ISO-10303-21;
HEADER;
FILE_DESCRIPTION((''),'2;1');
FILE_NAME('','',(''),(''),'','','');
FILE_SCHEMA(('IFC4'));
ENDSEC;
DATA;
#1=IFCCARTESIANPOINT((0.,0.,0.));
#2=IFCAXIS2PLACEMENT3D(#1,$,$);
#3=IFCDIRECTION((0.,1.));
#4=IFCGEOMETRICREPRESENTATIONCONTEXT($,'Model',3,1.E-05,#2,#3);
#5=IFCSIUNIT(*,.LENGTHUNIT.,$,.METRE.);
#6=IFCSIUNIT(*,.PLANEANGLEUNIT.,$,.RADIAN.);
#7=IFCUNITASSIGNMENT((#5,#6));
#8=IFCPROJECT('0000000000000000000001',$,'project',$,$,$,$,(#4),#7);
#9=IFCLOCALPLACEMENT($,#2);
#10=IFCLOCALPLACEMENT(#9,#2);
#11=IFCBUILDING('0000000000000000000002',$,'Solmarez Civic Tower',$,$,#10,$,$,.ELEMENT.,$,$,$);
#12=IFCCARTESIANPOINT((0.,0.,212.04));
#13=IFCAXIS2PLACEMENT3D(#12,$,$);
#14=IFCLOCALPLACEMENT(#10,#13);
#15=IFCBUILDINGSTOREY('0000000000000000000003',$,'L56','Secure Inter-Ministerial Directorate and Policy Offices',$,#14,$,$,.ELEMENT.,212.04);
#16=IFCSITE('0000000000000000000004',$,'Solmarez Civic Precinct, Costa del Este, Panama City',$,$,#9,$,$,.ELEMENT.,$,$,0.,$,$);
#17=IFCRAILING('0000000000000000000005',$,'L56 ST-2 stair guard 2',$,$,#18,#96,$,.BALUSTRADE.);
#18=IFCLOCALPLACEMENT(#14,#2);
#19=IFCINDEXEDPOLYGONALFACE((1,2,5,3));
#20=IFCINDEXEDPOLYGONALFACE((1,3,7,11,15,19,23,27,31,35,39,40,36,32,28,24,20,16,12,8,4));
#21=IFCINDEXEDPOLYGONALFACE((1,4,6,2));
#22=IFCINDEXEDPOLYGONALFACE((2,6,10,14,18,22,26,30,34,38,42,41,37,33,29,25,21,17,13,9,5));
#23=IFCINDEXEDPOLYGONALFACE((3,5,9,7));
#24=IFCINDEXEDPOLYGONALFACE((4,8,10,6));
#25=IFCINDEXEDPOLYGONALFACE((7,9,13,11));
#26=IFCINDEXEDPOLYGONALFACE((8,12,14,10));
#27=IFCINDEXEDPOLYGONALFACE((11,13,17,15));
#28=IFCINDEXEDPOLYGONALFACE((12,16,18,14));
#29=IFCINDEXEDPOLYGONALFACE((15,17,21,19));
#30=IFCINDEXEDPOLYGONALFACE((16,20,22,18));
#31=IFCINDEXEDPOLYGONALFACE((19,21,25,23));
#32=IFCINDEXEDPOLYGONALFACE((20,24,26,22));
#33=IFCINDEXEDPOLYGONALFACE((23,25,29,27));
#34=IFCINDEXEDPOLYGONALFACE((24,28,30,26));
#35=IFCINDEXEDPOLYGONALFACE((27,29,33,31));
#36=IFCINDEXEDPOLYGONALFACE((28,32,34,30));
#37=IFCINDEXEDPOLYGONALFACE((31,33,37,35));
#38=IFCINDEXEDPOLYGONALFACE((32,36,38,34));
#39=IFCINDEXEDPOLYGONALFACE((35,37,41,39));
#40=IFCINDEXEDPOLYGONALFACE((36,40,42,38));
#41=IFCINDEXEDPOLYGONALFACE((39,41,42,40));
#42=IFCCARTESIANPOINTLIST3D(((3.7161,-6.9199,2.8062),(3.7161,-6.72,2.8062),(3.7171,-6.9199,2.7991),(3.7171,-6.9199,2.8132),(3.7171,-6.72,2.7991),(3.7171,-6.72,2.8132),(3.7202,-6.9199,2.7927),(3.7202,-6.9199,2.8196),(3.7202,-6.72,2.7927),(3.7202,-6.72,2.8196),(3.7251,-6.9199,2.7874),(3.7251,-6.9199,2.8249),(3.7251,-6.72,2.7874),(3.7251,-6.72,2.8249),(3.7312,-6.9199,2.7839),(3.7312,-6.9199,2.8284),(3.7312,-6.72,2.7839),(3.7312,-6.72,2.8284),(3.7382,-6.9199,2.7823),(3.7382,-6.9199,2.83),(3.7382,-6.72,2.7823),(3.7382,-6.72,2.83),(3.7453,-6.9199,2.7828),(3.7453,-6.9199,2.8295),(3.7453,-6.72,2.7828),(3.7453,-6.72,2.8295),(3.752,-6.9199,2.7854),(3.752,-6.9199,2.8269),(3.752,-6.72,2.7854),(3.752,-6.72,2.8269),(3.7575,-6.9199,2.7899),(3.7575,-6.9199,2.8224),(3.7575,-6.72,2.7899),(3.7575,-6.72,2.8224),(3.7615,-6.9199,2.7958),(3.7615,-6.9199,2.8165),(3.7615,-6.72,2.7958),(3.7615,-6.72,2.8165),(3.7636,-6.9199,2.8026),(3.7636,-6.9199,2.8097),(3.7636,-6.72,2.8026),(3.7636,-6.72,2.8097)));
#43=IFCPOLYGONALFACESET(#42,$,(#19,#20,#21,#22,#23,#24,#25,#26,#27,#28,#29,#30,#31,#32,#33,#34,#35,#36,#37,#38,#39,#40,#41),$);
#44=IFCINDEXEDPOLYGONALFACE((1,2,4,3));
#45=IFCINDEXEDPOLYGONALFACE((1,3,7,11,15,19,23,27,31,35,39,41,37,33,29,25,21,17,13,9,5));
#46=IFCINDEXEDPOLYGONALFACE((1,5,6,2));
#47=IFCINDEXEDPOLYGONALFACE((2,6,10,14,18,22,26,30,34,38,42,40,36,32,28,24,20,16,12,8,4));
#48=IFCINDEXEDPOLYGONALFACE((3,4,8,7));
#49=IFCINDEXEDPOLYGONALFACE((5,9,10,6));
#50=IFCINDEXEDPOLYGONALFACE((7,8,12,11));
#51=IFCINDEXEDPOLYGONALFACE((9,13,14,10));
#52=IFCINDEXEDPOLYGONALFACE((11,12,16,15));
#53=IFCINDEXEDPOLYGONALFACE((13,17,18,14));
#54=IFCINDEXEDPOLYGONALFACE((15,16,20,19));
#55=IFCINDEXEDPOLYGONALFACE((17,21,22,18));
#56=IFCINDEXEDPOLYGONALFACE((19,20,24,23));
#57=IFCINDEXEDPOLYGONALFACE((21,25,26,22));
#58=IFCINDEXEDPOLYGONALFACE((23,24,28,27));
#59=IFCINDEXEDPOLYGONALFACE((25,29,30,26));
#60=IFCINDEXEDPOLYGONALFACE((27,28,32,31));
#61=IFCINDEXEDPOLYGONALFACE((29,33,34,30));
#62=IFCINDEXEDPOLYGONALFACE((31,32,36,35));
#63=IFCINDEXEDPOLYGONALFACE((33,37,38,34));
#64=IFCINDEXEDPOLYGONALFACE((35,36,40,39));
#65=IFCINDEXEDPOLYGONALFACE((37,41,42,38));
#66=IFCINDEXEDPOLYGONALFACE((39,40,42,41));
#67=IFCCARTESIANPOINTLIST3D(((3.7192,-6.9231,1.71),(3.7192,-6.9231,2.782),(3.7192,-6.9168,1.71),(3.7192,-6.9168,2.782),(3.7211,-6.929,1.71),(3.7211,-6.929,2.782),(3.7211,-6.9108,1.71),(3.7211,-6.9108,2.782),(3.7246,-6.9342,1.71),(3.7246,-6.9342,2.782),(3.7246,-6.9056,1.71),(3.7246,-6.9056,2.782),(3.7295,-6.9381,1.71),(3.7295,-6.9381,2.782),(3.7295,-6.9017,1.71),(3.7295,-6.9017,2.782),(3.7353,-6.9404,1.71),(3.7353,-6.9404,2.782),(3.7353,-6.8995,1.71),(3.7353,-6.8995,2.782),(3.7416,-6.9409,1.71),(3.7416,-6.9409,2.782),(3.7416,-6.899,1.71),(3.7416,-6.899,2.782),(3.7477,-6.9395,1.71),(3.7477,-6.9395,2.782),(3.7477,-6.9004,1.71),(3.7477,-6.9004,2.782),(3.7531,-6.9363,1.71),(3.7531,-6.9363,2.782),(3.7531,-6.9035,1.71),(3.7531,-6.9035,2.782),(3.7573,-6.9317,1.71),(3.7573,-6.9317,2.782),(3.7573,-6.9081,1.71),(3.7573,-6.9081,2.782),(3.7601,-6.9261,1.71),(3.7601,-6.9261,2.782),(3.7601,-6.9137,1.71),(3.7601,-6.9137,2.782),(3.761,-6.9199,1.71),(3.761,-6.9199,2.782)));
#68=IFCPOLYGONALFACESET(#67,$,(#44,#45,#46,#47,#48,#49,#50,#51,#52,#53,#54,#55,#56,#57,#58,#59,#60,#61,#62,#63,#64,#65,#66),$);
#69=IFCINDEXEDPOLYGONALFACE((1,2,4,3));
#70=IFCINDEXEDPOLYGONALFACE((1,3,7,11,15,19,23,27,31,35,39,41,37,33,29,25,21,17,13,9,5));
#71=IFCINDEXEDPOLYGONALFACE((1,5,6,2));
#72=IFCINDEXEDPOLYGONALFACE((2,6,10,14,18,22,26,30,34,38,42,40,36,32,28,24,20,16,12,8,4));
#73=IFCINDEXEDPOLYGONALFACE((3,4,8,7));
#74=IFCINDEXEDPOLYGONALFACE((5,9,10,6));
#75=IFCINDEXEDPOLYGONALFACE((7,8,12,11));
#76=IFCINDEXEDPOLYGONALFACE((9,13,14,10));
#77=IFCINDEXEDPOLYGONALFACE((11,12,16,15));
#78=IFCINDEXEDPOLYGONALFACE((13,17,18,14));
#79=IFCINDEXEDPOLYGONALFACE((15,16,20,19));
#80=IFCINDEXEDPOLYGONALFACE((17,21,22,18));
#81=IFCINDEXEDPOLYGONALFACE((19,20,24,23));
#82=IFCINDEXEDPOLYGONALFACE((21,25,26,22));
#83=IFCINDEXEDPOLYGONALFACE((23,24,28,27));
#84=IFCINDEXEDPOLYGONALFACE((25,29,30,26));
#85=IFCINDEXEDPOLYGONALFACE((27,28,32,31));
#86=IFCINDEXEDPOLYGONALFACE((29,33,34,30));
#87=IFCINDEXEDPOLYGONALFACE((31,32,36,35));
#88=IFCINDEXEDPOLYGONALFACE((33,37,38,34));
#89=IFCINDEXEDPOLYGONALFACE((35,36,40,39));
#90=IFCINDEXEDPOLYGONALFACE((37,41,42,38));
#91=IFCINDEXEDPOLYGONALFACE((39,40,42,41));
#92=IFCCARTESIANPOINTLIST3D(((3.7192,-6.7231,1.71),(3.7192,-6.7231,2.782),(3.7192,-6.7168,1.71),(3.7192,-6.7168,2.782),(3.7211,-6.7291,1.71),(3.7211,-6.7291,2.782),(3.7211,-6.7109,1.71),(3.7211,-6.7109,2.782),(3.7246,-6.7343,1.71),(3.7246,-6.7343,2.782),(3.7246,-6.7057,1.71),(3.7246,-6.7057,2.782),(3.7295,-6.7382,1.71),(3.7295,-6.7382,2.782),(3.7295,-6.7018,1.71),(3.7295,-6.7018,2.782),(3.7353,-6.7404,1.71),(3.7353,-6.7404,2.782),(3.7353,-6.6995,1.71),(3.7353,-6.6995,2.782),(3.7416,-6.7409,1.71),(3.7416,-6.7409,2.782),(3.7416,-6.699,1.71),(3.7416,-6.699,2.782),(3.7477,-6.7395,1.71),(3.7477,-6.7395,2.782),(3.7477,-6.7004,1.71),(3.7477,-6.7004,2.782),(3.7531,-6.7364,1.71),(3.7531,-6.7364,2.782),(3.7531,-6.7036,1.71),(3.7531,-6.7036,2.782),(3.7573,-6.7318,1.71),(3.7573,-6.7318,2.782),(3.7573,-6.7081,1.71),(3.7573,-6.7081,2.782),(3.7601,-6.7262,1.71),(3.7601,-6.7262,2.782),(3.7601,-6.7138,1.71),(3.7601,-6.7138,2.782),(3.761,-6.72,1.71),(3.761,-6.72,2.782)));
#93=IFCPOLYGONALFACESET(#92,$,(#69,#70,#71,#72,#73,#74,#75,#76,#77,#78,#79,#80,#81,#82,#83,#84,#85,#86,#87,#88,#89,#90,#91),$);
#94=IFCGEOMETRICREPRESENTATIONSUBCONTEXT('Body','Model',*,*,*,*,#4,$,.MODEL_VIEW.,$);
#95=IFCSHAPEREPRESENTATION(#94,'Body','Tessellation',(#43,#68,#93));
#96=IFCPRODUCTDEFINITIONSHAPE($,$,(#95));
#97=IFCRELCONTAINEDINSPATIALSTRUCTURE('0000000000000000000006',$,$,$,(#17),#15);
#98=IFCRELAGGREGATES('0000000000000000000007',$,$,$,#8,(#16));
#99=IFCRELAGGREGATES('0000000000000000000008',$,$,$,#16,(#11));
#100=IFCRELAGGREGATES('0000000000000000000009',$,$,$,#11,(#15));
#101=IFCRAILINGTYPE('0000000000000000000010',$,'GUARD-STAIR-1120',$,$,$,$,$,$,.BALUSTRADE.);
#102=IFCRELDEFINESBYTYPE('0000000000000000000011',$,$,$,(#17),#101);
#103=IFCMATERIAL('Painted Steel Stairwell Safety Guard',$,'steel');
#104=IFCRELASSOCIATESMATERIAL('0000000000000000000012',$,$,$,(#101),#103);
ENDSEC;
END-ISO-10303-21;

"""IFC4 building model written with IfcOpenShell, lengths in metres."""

from ifc_helpers import new_model, si_unit, direction, frame, origin, origin_2d, place, context, subcontext, project, spatial, circle, extrude, material, type_object, element, save


model = new_model("IFC4")

# Units and contexts
model_context = context("Model", 3, precision=1e-05, world=origin(), true_north=direction((0.0, 1.0)))
body_context = subcontext(model_context, "Body", "Model", "MODEL_VIEW")
ifc_project = project(units=[si_unit("LENGTHUNIT", "METRE"), si_unit("PLANEANGLEUNIT", "RADIAN")], contexts=[model_context])

# Site, building, storey
site_placement = place(None, origin())
site = spatial("IfcSite", under=ifc_project, at=site_placement, Name="Solmarez Civic Precinct, Costa del Este, Panama City", CompositionType="ELEMENT", RefElevation=0.0)
building_placement = place(site_placement, origin())
building = spatial("IfcBuilding", under=site, at=building_placement, Name="Solmarez Civic Tower", CompositionType="ELEMENT")
storey_placement = place(building_placement, frame((0.0, 0.0, 212.04)))
storey = spatial("IfcBuildingStorey", under=building, at=storey_placement, Name="L56", Description="Secure Inter-Ministerial Directorate and Policy Offices", CompositionType="ELEMENT", Elevation=212.04)

# Railing
ifc_material_1 = material(Name="Painted Steel Stairwell Safety Guard", Category="steel")
railing_type_1 = type_object("IfcRailingType", Name="GUARD-STAIR-1120", PredefinedType="BALUSTRADE", material=ifc_material_1)
railing_1_placement = place(storey_placement, frame((3.74, -6.9199, 1.71)))
element("IfcRailing", 1, at=railing_1_placement, inside=storey, type_object=railing_type_1, Name="L56 ST-2 stair guard 2", PredefinedType="BALUSTRADE", context=body_context, shape_type="SweptSolid", body=[
    extrude(circle(Radius=0.0239, at=origin_2d()), frame((0.0, 0.0, 1.0962), z_axis=(0.0, 1.0, 0.0), x_axis=(-1.0, 0.0, 0.0)), (0.0, 0.0, 1.0), 0.2),
    extrude(circle(Radius=0.021, at=origin_2d()), origin(), (0.0, 0.0, 1.0), 1.072),
    extrude(circle(Radius=0.021, at=origin_2d()), frame((0.0, 0.2, 0.0)), (0.0, 0.0, 1.0), 1.072),
])

save(model, "model.ifc")
